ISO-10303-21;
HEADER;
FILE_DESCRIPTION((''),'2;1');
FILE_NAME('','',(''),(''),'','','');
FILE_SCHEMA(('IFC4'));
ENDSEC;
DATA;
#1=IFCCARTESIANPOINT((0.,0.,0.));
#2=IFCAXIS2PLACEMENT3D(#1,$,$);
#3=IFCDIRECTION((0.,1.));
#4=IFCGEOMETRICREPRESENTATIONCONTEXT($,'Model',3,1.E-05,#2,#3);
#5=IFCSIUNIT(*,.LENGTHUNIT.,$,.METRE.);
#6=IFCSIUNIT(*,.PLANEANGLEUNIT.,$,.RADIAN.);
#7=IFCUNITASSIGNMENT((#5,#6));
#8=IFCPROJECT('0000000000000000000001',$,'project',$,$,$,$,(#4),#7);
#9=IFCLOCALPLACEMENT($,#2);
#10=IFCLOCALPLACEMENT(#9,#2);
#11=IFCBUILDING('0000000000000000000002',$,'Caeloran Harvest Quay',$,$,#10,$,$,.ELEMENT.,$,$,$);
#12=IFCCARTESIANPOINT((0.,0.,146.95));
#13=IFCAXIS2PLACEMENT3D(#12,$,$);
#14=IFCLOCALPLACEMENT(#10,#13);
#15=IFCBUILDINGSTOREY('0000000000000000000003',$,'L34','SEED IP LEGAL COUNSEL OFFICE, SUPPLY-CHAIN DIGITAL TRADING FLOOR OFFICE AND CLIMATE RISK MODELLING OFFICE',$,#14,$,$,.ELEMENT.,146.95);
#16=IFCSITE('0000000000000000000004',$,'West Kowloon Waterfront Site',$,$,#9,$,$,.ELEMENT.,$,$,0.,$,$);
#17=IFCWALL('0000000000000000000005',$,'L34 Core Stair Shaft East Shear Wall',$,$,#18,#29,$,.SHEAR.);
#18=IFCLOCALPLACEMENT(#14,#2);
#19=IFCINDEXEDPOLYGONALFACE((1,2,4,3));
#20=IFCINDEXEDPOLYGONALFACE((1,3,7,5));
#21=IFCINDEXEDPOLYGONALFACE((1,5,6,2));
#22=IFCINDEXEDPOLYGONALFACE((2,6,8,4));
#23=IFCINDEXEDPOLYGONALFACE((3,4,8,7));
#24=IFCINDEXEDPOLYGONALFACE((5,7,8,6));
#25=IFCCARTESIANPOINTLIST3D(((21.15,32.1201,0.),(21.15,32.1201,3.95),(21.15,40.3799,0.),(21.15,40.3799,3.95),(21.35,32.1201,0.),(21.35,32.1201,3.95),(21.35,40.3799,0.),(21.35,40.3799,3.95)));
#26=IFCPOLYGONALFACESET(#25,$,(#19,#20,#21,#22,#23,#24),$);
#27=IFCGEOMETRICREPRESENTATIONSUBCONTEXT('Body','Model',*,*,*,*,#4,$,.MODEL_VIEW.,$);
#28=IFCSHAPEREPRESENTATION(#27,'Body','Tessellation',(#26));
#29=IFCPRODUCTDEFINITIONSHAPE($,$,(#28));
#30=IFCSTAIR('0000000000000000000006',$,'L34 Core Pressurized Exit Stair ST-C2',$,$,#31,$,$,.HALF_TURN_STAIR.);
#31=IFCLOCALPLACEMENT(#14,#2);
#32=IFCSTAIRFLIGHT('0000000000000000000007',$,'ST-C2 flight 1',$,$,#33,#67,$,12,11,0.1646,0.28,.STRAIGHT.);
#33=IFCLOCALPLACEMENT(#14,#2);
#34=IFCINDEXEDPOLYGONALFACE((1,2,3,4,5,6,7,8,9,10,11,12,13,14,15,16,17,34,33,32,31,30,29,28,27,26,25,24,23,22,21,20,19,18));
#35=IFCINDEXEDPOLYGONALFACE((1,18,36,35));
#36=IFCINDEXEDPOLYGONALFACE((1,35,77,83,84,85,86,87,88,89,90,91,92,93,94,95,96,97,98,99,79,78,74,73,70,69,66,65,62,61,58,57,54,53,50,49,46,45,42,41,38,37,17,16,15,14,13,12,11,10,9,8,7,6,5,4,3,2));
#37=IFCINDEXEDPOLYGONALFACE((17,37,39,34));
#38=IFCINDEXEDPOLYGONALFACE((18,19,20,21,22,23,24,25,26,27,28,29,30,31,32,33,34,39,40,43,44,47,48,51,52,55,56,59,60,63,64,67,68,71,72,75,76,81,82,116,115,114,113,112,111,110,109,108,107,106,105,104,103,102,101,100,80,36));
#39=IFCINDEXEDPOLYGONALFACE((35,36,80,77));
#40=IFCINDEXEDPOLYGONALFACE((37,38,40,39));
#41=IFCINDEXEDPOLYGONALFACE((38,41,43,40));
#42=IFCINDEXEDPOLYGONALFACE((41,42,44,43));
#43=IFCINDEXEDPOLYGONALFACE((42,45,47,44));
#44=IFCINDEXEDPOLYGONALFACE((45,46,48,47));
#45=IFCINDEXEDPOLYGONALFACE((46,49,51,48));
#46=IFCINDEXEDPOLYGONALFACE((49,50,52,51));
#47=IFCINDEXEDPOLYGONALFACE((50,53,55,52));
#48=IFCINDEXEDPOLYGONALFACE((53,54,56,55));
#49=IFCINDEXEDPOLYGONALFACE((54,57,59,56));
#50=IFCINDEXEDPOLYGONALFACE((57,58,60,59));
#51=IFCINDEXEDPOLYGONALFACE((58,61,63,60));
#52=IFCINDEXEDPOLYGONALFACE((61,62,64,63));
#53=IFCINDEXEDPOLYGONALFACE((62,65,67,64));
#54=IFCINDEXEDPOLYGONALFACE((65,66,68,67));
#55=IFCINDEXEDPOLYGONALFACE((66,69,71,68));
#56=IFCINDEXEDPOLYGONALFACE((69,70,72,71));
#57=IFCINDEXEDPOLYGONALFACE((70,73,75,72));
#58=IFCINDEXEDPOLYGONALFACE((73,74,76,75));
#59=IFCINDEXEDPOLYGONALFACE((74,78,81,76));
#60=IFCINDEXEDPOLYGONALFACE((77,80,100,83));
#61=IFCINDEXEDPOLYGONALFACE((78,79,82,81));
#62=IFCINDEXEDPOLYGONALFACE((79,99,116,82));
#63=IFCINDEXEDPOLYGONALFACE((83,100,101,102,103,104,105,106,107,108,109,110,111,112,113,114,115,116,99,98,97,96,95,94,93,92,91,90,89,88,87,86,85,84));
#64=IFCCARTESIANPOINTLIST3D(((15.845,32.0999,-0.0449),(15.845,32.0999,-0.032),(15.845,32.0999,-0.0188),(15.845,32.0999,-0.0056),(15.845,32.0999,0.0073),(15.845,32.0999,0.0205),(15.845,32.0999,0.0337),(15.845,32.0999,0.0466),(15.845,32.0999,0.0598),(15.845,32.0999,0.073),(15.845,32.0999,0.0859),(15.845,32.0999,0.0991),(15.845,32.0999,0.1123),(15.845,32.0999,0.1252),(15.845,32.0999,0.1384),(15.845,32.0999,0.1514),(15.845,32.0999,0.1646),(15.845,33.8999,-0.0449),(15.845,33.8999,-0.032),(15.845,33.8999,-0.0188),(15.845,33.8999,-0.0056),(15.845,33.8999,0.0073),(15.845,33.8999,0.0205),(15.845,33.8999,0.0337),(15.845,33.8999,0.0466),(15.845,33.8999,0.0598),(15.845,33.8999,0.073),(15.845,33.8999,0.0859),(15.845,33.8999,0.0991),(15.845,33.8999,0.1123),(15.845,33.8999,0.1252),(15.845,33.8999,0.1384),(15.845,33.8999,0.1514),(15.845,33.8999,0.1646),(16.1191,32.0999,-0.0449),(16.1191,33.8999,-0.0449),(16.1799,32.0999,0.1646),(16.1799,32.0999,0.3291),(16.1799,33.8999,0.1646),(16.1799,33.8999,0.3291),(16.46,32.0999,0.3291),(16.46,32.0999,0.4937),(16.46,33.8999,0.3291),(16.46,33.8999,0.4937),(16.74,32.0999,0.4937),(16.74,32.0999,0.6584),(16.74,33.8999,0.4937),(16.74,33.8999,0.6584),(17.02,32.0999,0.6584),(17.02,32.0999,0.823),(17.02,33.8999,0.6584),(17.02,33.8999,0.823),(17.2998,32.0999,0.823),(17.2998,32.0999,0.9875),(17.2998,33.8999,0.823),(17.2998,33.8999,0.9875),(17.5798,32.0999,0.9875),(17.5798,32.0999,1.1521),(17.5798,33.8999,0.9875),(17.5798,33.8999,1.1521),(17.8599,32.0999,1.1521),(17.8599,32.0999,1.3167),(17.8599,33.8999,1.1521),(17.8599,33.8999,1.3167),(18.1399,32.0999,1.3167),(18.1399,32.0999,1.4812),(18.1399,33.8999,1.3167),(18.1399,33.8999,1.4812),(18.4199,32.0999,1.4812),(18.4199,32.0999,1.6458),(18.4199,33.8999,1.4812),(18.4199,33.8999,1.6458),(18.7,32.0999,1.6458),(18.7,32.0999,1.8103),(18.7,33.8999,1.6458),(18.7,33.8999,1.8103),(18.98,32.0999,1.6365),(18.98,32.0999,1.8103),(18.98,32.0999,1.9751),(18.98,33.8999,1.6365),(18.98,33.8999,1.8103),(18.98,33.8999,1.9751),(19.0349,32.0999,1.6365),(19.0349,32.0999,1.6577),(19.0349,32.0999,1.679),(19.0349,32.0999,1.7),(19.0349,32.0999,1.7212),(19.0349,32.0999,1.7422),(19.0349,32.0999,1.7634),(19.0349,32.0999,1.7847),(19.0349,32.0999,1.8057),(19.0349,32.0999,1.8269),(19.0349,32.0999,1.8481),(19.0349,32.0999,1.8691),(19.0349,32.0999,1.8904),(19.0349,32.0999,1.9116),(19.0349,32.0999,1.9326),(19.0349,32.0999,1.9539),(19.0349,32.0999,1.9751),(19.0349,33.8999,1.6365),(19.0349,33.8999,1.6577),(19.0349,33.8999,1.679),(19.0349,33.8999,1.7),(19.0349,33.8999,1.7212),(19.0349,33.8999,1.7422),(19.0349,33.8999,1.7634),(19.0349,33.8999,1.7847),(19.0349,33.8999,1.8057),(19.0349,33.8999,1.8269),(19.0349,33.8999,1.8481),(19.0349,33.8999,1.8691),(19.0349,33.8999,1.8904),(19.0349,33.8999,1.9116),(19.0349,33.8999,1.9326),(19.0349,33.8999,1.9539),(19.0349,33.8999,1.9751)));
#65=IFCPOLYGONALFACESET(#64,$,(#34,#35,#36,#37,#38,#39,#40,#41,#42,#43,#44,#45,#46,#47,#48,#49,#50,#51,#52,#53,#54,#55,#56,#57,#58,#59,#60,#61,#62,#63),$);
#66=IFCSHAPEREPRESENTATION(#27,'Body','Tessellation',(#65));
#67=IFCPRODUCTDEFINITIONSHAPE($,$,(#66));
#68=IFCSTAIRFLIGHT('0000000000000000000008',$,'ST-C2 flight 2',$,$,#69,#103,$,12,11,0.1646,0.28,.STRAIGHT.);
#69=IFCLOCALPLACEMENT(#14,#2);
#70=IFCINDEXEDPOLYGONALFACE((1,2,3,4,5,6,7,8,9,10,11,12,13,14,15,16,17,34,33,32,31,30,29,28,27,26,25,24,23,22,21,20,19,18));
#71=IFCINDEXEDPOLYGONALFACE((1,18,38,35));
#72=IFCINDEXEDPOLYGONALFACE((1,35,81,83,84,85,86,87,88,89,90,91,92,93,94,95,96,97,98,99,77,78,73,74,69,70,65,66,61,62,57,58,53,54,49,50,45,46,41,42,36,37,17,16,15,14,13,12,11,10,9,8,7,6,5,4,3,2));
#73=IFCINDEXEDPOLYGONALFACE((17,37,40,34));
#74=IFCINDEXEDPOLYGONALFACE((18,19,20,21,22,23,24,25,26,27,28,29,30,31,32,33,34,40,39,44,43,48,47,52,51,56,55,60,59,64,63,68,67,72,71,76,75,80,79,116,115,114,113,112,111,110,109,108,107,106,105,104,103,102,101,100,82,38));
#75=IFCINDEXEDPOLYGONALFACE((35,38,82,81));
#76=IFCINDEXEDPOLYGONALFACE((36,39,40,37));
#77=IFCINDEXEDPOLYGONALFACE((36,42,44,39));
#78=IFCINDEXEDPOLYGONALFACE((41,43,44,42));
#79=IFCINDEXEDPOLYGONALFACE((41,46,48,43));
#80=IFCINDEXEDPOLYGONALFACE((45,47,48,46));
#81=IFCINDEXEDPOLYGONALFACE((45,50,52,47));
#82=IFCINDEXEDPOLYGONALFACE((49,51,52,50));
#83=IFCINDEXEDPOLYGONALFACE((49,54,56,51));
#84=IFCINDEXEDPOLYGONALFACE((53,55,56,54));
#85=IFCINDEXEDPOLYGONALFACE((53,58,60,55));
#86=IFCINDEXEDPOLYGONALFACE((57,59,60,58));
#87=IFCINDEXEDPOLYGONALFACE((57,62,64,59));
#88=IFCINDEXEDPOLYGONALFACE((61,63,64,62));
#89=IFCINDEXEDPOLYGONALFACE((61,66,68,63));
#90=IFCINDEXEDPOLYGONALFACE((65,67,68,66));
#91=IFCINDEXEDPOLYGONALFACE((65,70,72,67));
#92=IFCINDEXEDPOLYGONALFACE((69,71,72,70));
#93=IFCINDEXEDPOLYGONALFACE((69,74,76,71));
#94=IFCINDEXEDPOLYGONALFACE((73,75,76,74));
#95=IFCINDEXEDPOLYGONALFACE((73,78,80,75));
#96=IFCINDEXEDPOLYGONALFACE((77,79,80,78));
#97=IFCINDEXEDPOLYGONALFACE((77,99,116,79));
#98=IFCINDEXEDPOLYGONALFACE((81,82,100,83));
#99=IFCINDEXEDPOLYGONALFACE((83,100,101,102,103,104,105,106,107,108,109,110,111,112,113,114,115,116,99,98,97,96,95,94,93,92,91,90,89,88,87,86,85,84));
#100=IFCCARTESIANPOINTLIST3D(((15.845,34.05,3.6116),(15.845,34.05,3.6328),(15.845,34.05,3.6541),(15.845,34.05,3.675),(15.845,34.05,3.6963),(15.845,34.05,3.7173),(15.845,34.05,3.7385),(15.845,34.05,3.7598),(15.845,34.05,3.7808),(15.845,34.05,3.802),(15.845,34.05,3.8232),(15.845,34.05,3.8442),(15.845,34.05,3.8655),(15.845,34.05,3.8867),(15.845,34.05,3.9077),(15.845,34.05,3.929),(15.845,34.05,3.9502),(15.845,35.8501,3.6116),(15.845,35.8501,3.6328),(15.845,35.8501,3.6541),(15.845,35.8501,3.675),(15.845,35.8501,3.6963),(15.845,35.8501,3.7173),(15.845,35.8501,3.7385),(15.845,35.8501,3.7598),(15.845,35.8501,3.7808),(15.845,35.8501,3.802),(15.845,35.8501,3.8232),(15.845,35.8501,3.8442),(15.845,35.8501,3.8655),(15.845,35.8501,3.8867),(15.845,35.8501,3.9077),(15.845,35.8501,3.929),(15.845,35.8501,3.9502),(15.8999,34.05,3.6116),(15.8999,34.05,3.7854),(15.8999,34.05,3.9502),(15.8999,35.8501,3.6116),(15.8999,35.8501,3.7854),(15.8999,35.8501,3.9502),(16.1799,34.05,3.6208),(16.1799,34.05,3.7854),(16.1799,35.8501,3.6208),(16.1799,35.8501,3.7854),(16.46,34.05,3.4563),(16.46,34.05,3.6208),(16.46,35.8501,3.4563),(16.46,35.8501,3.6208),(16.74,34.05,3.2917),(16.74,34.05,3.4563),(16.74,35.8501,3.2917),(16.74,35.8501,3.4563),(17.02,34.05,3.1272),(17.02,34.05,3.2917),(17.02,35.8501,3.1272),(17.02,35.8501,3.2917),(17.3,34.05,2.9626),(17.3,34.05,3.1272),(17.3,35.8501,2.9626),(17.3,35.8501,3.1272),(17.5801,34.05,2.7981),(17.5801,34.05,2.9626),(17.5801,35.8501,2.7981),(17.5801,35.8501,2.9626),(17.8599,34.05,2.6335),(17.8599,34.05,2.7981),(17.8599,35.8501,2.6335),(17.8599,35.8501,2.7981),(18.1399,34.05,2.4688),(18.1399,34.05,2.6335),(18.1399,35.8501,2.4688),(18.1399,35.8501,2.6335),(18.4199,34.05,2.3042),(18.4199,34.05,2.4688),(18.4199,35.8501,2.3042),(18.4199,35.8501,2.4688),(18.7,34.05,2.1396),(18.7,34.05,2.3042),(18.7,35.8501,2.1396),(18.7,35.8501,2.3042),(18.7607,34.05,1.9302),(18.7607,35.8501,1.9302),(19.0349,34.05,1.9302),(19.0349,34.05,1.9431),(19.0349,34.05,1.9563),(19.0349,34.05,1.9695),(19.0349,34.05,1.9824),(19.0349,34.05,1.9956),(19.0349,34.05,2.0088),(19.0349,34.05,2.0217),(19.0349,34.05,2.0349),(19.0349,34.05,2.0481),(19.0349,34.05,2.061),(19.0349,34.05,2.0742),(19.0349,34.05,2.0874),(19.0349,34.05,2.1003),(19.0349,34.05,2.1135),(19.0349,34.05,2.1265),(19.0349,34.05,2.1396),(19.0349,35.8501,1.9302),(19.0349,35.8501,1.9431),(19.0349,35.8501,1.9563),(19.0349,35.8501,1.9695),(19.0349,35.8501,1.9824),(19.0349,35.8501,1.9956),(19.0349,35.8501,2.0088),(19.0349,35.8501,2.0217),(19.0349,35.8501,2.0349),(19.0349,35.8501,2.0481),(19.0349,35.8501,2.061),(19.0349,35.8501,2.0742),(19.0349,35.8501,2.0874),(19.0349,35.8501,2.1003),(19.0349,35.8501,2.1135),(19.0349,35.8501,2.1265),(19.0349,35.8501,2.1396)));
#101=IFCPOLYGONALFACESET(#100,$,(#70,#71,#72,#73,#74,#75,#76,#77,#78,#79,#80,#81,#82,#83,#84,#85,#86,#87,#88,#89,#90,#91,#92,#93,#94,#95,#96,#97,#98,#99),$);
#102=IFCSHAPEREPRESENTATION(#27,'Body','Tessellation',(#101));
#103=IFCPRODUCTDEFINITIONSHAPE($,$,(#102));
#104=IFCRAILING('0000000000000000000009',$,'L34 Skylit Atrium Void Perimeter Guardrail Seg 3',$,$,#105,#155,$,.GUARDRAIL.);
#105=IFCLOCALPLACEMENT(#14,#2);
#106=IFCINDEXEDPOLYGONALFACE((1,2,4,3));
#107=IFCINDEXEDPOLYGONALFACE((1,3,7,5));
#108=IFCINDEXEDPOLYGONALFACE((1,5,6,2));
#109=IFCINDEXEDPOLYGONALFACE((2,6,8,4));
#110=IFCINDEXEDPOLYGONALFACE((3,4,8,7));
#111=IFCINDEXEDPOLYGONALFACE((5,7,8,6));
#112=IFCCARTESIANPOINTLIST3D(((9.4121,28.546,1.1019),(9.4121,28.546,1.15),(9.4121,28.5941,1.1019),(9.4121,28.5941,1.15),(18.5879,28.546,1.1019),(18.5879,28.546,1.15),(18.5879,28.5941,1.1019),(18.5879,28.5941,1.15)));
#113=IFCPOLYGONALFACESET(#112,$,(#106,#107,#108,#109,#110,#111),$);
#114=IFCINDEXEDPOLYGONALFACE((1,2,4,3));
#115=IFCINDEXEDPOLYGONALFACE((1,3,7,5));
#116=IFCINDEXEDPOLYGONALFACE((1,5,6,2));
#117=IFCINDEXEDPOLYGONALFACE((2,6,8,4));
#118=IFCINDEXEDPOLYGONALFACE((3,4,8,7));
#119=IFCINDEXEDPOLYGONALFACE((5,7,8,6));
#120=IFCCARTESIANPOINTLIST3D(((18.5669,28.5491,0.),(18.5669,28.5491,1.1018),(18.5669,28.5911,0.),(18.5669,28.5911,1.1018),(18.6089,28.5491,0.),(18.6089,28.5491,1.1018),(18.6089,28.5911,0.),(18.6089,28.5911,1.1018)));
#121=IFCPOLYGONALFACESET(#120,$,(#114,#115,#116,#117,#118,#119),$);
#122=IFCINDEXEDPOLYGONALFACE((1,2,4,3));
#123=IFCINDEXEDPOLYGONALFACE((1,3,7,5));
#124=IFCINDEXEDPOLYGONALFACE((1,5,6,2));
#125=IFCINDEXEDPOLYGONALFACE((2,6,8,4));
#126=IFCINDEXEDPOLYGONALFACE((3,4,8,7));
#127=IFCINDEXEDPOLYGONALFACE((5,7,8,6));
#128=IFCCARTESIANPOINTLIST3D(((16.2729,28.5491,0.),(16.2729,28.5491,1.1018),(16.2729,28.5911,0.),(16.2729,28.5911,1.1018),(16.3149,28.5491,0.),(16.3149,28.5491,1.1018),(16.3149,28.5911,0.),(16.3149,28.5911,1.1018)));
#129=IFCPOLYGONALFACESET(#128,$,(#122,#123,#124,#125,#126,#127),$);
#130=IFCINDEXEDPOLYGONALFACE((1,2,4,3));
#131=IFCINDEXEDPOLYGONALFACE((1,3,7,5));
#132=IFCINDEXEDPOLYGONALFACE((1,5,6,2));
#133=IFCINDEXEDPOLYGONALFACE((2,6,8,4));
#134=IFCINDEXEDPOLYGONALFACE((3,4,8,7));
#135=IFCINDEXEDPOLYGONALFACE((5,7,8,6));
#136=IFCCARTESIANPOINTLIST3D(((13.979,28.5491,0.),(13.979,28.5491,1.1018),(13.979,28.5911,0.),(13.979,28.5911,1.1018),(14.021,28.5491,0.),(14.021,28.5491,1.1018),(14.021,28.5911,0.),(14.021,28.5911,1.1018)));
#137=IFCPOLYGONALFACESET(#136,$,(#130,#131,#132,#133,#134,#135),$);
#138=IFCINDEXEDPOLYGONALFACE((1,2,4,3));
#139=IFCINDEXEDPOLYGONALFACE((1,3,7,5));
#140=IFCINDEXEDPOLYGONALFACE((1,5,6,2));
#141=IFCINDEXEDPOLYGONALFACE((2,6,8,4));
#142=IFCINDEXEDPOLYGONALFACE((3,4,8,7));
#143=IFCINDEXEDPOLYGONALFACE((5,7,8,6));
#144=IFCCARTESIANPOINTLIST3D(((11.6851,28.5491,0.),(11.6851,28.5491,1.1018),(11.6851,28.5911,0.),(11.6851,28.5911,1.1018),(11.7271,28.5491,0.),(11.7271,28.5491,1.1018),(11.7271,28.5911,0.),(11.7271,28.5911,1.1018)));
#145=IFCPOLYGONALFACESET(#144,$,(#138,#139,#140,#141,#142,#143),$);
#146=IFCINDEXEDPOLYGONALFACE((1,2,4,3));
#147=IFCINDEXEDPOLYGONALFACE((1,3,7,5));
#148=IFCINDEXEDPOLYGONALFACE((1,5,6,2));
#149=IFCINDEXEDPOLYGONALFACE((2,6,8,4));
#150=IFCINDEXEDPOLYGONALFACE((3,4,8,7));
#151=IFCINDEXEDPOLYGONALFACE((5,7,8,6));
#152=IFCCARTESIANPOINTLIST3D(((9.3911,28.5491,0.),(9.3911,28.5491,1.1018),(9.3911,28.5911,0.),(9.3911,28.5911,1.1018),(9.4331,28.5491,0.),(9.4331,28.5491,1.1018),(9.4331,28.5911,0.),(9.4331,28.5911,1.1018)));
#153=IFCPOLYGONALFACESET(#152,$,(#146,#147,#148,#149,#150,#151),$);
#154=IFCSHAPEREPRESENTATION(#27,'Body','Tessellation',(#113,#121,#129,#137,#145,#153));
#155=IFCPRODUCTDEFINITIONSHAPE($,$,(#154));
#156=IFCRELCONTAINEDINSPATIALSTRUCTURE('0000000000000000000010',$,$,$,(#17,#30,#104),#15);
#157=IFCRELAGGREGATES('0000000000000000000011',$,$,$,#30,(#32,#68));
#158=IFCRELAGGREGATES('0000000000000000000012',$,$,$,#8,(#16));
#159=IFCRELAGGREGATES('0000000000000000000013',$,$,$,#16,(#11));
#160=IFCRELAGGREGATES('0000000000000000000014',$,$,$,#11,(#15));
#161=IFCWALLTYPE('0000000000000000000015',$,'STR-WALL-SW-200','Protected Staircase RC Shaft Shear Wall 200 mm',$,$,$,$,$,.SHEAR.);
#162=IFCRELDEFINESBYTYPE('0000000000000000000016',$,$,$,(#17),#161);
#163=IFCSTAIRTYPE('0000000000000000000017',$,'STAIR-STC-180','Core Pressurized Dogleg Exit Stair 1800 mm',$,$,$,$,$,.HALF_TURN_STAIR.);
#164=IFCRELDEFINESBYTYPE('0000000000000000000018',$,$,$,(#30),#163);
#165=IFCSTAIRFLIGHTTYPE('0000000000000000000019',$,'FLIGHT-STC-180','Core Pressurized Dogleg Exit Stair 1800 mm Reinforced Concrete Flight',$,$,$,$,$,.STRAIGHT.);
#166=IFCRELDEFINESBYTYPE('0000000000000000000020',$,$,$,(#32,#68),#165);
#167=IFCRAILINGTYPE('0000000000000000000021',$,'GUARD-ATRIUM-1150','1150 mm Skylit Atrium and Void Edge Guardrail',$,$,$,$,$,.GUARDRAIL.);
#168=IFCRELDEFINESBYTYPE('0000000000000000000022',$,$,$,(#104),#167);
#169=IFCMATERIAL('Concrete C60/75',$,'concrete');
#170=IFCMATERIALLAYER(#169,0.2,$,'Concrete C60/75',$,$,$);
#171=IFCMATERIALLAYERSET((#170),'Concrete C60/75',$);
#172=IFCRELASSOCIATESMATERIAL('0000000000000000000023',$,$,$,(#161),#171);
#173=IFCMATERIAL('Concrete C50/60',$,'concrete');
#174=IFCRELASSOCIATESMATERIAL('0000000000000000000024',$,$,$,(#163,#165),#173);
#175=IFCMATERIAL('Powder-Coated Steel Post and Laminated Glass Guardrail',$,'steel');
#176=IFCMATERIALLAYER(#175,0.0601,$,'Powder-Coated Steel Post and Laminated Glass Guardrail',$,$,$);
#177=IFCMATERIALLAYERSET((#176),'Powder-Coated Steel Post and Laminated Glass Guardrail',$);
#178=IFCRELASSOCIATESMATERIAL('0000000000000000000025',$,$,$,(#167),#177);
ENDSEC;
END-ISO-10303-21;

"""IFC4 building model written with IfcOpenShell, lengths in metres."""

from ifc_helpers import new_model, si_unit, direction, frame, frame_2d, origin, origin_2d, place, context, subcontext, project, spatial, polyline, rectangle, outline, extrude, material, layer, layer_set, type_object, element, aggregate, save


model = new_model("IFC4")

# Units and contexts
model_context = context("Model", 3, precision=1e-05, world=origin(), true_north=direction((0.0, 1.0)))
body_context = subcontext(model_context, "Body", "Model", "MODEL_VIEW")
ifc_project = project(units=[si_unit("LENGTHUNIT", "METRE"), si_unit("PLANEANGLEUNIT", "RADIAN")], contexts=[model_context])

# Site, building, storey
site_placement = place(None, origin())
site = spatial("IfcSite", under=ifc_project, at=site_placement, Name="West Kowloon Waterfront Site", CompositionType="ELEMENT", RefElevation=0.0)
building_placement = place(site_placement, origin())
building = spatial("IfcBuilding", under=site, at=building_placement, Name="Caeloran Harvest Quay", CompositionType="ELEMENT")
storey_placement = place(building_placement, frame((0.0, 0.0, 146.95)))
storey = spatial("IfcBuildingStorey", under=building, at=storey_placement, Name="L34", Description="SEED IP LEGAL COUNSEL OFFICE, SUPPLY-CHAIN DIGITAL TRADING FLOOR OFFICE AND CLIMATE RISK MODELLING OFFICE", CompositionType="ELEMENT", Elevation=146.95)

# Wall
ifc_material_1 = material(Name="Concrete C60/75", Category="concrete")
ifc_layer_1 = layer(ifc_material_1, 0.2, Name="Concrete C60/75")
ifc_layer_set_1 = layer_set([ifc_layer_1], Name="Concrete C60/75")
wall_type_1 = type_object("IfcWallType", Name="STR-WALL-SW-200", Description="Protected Staircase RC Shaft Shear Wall 200 mm", PredefinedType="SHEAR", material=ifc_layer_set_1)
wall_1_placement = place(storey_placement, frame((21.25, 32.1201, 0.0), z_axis=(0.0, 0.0, 1.0), x_axis=(0.0, 1.0, 0.0)))
element("IfcWall", 1, at=wall_1_placement, inside=storey, type_object=wall_type_1, Name="L34 Core Stair Shaft East Shear Wall", PredefinedType="SHEAR", context=body_context, shape_type="SweptSolid", body=[
    extrude(rectangle(XDim=8.2598, YDim=0.2, at=frame_2d((4.1299, 0.0))), origin(), (0.0, 0.0, 1.0), 3.95),
])

# Stair, stair flights
ifc_material_2 = material(Name="Concrete C50/60", Category="concrete")
stair_type = type_object("IfcStairType", Name="STAIR-STC-180", Description="Core Pressurized Dogleg Exit Stair 1800 mm", PredefinedType="HALF_TURN_STAIR", material=ifc_material_2)
stair_placement = place(storey_placement, origin())
stair = element("IfcStair", 2, at=stair_placement, inside=storey, type_object=stair_type, Name="L34 Core Pressurized Exit Stair ST-C2", PredefinedType="HALF_TURN_STAIR")
stair_flight_type = type_object("IfcStairFlightType", Name="FLIGHT-STC-180", Description="Core Pressurized Dogleg Exit Stair 1800 mm Reinforced Concrete Flight", PredefinedType="STRAIGHT", material=ifc_material_2)
stair_flight_1_placement = place(storey_placement, frame((15.8999, 33.0, 0.0), z_axis=(0.0, 0.0, 1.0), x_axis=(1.0, 0.0, 0.0)))
stair_flight_1 = element("IfcStairFlight", 3, at=stair_flight_1_placement, type_object=stair_flight_type, Name="ST-C2 flight 1", NumberOfRisers=12, NumberOfTreads=11, PredefinedType="STRAIGHT", RiserHeight=0.1646, TreadLength=0.28, context=body_context, shape_type="SweptSolid", body=[
    extrude(outline(polyline([(-0.0549, -0.0449), (-0.0549, -0.032), (-0.0549, -0.0188), (-0.0549, -0.0056), (-0.0549, 0.0073), (-0.0549, 0.0205), (-0.0549, 0.0337), (-0.0549, 0.0466), (-0.0549, 0.0598), (-0.0549, 0.073), (-0.0549, 0.0859), (-0.0549, 0.0991), (-0.0549, 0.1123), (-0.0549, 0.1252), (-0.0549, 0.1384), (-0.0549, 0.1514), (-0.0549, 0.1646), (0.28, 0.1646), (0.28, 0.3291), (0.5601, 0.3291), (0.5601, 0.4937), (0.8401, 0.4937), (0.8401, 0.6584), (1.1201, 0.6584), (1.1201, 0.823), (1.3999, 0.823), (1.3999, 0.9875), (1.6799, 0.9875), (1.6799, 1.1521), (1.96, 1.1521), (1.96, 1.3167), (2.24, 1.3167), (2.24, 1.4812), (2.52, 1.4812), (2.52, 1.6458), (2.8, 1.6458), (2.8, 1.8103), (3.0801, 1.8103), (3.0801, 1.9751), (3.135, 1.9751), (3.135, 1.9539), (3.135, 1.9326), (3.135, 1.9116), (3.135, 1.8904), (3.135, 1.8691), (3.135, 1.8481), (3.135, 1.8269), (3.135, 1.8057), (3.135, 1.7847), (3.135, 1.7634), (3.135, 1.7422), (3.135, 1.7212), (3.135, 1.7), (3.135, 1.679), (3.135, 1.6577), (3.135, 1.6365), (3.0801, 1.6365), (0.2192, -0.0449), (-0.0549, -0.0449)])), frame((0.0, 0.8999, 0.0), z_axis=(0.0, -1.0, 0.0), x_axis=(1.0, 0.0, 0.0)), (0.0, 0.0, 1.0), 1.8),
])
stair_flight_2_placement = place(storey_placement, frame((18.98, 34.95, 1.9751), z_axis=(0.0, 0.0, 1.0), x_axis=(-1.0, 0.0, 0.0)))
stair_flight_2 = element("IfcStairFlight", 4, at=stair_flight_2_placement, type_object=stair_flight_type, Name="ST-C2 flight 2", NumberOfRisers=12, NumberOfTreads=11, PredefinedType="STRAIGHT", RiserHeight=0.1646, TreadLength=0.28, context=body_context, shape_type="SweptSolid", body=[
    extrude(outline(polyline([(-0.0549, -0.0449), (-0.0549, -0.032), (-0.0549, -0.0188), (-0.0549, -0.0056), (-0.0549, 0.0073), (-0.0549, 0.0205), (-0.0549, 0.0337), (-0.0549, 0.0466), (-0.0549, 0.0598), (-0.0549, 0.073), (-0.0549, 0.0859), (-0.0549, 0.0991), (-0.0549, 0.1123), (-0.0549, 0.1252), (-0.0549, 0.1384), (-0.0549, 0.1514), (-0.0549, 0.1646), (0.28, 0.1646), (0.28, 0.3291), (0.5601, 0.3291), (0.5601, 0.4937), (0.8401, 0.4937), (0.8401, 0.6584), (1.1201, 0.6584), (1.1201, 0.823), (1.3999, 0.823), (1.3999, 0.9875), (1.6799, 0.9875), (1.6799, 1.1521), (1.96, 1.1521), (1.96, 1.3167), (2.24, 1.3167), (2.24, 1.4812), (2.52, 1.4812), (2.52, 1.6458), (2.8, 1.6458), (2.8, 1.8103), (3.0801, 1.8103), (3.0801, 1.9751), (3.135, 1.9751), (3.135, 1.9539), (3.135, 1.9326), (3.135, 1.9116), (3.135, 1.8904), (3.135, 1.8691), (3.135, 1.8481), (3.135, 1.8269), (3.135, 1.8057), (3.135, 1.7847), (3.135, 1.7634), (3.135, 1.7422), (3.135, 1.7212), (3.135, 1.7), (3.135, 1.679), (3.135, 1.6577), (3.135, 1.6365), (3.0801, 1.6365), (0.2192, -0.0449), (-0.0549, -0.0449)])), frame((0.0, 0.8999, 0.0), z_axis=(0.0, -1.0, 0.0), x_axis=(1.0, 0.0, 0.0)), (0.0, 0.0, 1.0), 1.8),
])
aggregate(stair, [stair_flight_1, stair_flight_2])

# Railing
ifc_material_3 = material(Name="Powder-Coated Steel Post and Laminated Glass Guardrail", Category="steel")
ifc_layer_2 = layer(ifc_material_3, 0.0601, Name="Powder-Coated Steel Post and Laminated Glass Guardrail")
ifc_layer_set_2 = layer_set([ifc_layer_2], Name="Powder-Coated Steel Post and Laminated Glass Guardrail")
railing_type_1 = type_object("IfcRailingType", Name="GUARD-ATRIUM-1150", Description="1150 mm Skylit Atrium and Void Edge Guardrail", PredefinedType="GUARDRAIL", material=ifc_layer_set_2)
railing_1_placement = place(storey_placement, frame((18.5879, 28.5701, 0.0)))
element("IfcRailing", 5, at=railing_1_placement, inside=storey, type_object=railing_type_1, Name="L34 Skylit Atrium Void Perimeter Guardrail Seg 3", PredefinedType="GUARDRAIL", context=body_context, shape_type="SweptSolid", body=[
    extrude(rectangle(XDim=0.0481, YDim=0.0481, at=origin_2d()), frame((0.0, 0.0, 1.126), z_axis=(-1.0, 0.0, 0.0), x_axis=(0.0, -1.0, 0.0)), (0.0, 0.0, 1.0), 9.1758),
    extrude(rectangle(XDim=0.042, YDim=0.042, at=origin_2d()), origin(), (0.0, 0.0, 1.0), 1.1018),
    extrude(rectangle(XDim=0.042, YDim=0.042, at=origin_2d()), frame((-2.2939, 0.0, 0.0)), (0.0, 0.0, 1.0), 1.1018),
    extrude(rectangle(XDim=0.042, YDim=0.042, at=origin_2d()), frame((-4.5879, 0.0, 0.0)), (0.0, 0.0, 1.0), 1.1018),
    extrude(rectangle(XDim=0.042, YDim=0.042, at=origin_2d()), frame((-6.8818, 0.0, 0.0)), (0.0, 0.0, 1.0), 1.1018),
    extrude(rectangle(XDim=0.042, YDim=0.042, at=origin_2d()), frame((-9.1758, 0.0, 0.0)), (0.0, 0.0, 1.0), 1.1018),
])

save(model, "model.ifc")
